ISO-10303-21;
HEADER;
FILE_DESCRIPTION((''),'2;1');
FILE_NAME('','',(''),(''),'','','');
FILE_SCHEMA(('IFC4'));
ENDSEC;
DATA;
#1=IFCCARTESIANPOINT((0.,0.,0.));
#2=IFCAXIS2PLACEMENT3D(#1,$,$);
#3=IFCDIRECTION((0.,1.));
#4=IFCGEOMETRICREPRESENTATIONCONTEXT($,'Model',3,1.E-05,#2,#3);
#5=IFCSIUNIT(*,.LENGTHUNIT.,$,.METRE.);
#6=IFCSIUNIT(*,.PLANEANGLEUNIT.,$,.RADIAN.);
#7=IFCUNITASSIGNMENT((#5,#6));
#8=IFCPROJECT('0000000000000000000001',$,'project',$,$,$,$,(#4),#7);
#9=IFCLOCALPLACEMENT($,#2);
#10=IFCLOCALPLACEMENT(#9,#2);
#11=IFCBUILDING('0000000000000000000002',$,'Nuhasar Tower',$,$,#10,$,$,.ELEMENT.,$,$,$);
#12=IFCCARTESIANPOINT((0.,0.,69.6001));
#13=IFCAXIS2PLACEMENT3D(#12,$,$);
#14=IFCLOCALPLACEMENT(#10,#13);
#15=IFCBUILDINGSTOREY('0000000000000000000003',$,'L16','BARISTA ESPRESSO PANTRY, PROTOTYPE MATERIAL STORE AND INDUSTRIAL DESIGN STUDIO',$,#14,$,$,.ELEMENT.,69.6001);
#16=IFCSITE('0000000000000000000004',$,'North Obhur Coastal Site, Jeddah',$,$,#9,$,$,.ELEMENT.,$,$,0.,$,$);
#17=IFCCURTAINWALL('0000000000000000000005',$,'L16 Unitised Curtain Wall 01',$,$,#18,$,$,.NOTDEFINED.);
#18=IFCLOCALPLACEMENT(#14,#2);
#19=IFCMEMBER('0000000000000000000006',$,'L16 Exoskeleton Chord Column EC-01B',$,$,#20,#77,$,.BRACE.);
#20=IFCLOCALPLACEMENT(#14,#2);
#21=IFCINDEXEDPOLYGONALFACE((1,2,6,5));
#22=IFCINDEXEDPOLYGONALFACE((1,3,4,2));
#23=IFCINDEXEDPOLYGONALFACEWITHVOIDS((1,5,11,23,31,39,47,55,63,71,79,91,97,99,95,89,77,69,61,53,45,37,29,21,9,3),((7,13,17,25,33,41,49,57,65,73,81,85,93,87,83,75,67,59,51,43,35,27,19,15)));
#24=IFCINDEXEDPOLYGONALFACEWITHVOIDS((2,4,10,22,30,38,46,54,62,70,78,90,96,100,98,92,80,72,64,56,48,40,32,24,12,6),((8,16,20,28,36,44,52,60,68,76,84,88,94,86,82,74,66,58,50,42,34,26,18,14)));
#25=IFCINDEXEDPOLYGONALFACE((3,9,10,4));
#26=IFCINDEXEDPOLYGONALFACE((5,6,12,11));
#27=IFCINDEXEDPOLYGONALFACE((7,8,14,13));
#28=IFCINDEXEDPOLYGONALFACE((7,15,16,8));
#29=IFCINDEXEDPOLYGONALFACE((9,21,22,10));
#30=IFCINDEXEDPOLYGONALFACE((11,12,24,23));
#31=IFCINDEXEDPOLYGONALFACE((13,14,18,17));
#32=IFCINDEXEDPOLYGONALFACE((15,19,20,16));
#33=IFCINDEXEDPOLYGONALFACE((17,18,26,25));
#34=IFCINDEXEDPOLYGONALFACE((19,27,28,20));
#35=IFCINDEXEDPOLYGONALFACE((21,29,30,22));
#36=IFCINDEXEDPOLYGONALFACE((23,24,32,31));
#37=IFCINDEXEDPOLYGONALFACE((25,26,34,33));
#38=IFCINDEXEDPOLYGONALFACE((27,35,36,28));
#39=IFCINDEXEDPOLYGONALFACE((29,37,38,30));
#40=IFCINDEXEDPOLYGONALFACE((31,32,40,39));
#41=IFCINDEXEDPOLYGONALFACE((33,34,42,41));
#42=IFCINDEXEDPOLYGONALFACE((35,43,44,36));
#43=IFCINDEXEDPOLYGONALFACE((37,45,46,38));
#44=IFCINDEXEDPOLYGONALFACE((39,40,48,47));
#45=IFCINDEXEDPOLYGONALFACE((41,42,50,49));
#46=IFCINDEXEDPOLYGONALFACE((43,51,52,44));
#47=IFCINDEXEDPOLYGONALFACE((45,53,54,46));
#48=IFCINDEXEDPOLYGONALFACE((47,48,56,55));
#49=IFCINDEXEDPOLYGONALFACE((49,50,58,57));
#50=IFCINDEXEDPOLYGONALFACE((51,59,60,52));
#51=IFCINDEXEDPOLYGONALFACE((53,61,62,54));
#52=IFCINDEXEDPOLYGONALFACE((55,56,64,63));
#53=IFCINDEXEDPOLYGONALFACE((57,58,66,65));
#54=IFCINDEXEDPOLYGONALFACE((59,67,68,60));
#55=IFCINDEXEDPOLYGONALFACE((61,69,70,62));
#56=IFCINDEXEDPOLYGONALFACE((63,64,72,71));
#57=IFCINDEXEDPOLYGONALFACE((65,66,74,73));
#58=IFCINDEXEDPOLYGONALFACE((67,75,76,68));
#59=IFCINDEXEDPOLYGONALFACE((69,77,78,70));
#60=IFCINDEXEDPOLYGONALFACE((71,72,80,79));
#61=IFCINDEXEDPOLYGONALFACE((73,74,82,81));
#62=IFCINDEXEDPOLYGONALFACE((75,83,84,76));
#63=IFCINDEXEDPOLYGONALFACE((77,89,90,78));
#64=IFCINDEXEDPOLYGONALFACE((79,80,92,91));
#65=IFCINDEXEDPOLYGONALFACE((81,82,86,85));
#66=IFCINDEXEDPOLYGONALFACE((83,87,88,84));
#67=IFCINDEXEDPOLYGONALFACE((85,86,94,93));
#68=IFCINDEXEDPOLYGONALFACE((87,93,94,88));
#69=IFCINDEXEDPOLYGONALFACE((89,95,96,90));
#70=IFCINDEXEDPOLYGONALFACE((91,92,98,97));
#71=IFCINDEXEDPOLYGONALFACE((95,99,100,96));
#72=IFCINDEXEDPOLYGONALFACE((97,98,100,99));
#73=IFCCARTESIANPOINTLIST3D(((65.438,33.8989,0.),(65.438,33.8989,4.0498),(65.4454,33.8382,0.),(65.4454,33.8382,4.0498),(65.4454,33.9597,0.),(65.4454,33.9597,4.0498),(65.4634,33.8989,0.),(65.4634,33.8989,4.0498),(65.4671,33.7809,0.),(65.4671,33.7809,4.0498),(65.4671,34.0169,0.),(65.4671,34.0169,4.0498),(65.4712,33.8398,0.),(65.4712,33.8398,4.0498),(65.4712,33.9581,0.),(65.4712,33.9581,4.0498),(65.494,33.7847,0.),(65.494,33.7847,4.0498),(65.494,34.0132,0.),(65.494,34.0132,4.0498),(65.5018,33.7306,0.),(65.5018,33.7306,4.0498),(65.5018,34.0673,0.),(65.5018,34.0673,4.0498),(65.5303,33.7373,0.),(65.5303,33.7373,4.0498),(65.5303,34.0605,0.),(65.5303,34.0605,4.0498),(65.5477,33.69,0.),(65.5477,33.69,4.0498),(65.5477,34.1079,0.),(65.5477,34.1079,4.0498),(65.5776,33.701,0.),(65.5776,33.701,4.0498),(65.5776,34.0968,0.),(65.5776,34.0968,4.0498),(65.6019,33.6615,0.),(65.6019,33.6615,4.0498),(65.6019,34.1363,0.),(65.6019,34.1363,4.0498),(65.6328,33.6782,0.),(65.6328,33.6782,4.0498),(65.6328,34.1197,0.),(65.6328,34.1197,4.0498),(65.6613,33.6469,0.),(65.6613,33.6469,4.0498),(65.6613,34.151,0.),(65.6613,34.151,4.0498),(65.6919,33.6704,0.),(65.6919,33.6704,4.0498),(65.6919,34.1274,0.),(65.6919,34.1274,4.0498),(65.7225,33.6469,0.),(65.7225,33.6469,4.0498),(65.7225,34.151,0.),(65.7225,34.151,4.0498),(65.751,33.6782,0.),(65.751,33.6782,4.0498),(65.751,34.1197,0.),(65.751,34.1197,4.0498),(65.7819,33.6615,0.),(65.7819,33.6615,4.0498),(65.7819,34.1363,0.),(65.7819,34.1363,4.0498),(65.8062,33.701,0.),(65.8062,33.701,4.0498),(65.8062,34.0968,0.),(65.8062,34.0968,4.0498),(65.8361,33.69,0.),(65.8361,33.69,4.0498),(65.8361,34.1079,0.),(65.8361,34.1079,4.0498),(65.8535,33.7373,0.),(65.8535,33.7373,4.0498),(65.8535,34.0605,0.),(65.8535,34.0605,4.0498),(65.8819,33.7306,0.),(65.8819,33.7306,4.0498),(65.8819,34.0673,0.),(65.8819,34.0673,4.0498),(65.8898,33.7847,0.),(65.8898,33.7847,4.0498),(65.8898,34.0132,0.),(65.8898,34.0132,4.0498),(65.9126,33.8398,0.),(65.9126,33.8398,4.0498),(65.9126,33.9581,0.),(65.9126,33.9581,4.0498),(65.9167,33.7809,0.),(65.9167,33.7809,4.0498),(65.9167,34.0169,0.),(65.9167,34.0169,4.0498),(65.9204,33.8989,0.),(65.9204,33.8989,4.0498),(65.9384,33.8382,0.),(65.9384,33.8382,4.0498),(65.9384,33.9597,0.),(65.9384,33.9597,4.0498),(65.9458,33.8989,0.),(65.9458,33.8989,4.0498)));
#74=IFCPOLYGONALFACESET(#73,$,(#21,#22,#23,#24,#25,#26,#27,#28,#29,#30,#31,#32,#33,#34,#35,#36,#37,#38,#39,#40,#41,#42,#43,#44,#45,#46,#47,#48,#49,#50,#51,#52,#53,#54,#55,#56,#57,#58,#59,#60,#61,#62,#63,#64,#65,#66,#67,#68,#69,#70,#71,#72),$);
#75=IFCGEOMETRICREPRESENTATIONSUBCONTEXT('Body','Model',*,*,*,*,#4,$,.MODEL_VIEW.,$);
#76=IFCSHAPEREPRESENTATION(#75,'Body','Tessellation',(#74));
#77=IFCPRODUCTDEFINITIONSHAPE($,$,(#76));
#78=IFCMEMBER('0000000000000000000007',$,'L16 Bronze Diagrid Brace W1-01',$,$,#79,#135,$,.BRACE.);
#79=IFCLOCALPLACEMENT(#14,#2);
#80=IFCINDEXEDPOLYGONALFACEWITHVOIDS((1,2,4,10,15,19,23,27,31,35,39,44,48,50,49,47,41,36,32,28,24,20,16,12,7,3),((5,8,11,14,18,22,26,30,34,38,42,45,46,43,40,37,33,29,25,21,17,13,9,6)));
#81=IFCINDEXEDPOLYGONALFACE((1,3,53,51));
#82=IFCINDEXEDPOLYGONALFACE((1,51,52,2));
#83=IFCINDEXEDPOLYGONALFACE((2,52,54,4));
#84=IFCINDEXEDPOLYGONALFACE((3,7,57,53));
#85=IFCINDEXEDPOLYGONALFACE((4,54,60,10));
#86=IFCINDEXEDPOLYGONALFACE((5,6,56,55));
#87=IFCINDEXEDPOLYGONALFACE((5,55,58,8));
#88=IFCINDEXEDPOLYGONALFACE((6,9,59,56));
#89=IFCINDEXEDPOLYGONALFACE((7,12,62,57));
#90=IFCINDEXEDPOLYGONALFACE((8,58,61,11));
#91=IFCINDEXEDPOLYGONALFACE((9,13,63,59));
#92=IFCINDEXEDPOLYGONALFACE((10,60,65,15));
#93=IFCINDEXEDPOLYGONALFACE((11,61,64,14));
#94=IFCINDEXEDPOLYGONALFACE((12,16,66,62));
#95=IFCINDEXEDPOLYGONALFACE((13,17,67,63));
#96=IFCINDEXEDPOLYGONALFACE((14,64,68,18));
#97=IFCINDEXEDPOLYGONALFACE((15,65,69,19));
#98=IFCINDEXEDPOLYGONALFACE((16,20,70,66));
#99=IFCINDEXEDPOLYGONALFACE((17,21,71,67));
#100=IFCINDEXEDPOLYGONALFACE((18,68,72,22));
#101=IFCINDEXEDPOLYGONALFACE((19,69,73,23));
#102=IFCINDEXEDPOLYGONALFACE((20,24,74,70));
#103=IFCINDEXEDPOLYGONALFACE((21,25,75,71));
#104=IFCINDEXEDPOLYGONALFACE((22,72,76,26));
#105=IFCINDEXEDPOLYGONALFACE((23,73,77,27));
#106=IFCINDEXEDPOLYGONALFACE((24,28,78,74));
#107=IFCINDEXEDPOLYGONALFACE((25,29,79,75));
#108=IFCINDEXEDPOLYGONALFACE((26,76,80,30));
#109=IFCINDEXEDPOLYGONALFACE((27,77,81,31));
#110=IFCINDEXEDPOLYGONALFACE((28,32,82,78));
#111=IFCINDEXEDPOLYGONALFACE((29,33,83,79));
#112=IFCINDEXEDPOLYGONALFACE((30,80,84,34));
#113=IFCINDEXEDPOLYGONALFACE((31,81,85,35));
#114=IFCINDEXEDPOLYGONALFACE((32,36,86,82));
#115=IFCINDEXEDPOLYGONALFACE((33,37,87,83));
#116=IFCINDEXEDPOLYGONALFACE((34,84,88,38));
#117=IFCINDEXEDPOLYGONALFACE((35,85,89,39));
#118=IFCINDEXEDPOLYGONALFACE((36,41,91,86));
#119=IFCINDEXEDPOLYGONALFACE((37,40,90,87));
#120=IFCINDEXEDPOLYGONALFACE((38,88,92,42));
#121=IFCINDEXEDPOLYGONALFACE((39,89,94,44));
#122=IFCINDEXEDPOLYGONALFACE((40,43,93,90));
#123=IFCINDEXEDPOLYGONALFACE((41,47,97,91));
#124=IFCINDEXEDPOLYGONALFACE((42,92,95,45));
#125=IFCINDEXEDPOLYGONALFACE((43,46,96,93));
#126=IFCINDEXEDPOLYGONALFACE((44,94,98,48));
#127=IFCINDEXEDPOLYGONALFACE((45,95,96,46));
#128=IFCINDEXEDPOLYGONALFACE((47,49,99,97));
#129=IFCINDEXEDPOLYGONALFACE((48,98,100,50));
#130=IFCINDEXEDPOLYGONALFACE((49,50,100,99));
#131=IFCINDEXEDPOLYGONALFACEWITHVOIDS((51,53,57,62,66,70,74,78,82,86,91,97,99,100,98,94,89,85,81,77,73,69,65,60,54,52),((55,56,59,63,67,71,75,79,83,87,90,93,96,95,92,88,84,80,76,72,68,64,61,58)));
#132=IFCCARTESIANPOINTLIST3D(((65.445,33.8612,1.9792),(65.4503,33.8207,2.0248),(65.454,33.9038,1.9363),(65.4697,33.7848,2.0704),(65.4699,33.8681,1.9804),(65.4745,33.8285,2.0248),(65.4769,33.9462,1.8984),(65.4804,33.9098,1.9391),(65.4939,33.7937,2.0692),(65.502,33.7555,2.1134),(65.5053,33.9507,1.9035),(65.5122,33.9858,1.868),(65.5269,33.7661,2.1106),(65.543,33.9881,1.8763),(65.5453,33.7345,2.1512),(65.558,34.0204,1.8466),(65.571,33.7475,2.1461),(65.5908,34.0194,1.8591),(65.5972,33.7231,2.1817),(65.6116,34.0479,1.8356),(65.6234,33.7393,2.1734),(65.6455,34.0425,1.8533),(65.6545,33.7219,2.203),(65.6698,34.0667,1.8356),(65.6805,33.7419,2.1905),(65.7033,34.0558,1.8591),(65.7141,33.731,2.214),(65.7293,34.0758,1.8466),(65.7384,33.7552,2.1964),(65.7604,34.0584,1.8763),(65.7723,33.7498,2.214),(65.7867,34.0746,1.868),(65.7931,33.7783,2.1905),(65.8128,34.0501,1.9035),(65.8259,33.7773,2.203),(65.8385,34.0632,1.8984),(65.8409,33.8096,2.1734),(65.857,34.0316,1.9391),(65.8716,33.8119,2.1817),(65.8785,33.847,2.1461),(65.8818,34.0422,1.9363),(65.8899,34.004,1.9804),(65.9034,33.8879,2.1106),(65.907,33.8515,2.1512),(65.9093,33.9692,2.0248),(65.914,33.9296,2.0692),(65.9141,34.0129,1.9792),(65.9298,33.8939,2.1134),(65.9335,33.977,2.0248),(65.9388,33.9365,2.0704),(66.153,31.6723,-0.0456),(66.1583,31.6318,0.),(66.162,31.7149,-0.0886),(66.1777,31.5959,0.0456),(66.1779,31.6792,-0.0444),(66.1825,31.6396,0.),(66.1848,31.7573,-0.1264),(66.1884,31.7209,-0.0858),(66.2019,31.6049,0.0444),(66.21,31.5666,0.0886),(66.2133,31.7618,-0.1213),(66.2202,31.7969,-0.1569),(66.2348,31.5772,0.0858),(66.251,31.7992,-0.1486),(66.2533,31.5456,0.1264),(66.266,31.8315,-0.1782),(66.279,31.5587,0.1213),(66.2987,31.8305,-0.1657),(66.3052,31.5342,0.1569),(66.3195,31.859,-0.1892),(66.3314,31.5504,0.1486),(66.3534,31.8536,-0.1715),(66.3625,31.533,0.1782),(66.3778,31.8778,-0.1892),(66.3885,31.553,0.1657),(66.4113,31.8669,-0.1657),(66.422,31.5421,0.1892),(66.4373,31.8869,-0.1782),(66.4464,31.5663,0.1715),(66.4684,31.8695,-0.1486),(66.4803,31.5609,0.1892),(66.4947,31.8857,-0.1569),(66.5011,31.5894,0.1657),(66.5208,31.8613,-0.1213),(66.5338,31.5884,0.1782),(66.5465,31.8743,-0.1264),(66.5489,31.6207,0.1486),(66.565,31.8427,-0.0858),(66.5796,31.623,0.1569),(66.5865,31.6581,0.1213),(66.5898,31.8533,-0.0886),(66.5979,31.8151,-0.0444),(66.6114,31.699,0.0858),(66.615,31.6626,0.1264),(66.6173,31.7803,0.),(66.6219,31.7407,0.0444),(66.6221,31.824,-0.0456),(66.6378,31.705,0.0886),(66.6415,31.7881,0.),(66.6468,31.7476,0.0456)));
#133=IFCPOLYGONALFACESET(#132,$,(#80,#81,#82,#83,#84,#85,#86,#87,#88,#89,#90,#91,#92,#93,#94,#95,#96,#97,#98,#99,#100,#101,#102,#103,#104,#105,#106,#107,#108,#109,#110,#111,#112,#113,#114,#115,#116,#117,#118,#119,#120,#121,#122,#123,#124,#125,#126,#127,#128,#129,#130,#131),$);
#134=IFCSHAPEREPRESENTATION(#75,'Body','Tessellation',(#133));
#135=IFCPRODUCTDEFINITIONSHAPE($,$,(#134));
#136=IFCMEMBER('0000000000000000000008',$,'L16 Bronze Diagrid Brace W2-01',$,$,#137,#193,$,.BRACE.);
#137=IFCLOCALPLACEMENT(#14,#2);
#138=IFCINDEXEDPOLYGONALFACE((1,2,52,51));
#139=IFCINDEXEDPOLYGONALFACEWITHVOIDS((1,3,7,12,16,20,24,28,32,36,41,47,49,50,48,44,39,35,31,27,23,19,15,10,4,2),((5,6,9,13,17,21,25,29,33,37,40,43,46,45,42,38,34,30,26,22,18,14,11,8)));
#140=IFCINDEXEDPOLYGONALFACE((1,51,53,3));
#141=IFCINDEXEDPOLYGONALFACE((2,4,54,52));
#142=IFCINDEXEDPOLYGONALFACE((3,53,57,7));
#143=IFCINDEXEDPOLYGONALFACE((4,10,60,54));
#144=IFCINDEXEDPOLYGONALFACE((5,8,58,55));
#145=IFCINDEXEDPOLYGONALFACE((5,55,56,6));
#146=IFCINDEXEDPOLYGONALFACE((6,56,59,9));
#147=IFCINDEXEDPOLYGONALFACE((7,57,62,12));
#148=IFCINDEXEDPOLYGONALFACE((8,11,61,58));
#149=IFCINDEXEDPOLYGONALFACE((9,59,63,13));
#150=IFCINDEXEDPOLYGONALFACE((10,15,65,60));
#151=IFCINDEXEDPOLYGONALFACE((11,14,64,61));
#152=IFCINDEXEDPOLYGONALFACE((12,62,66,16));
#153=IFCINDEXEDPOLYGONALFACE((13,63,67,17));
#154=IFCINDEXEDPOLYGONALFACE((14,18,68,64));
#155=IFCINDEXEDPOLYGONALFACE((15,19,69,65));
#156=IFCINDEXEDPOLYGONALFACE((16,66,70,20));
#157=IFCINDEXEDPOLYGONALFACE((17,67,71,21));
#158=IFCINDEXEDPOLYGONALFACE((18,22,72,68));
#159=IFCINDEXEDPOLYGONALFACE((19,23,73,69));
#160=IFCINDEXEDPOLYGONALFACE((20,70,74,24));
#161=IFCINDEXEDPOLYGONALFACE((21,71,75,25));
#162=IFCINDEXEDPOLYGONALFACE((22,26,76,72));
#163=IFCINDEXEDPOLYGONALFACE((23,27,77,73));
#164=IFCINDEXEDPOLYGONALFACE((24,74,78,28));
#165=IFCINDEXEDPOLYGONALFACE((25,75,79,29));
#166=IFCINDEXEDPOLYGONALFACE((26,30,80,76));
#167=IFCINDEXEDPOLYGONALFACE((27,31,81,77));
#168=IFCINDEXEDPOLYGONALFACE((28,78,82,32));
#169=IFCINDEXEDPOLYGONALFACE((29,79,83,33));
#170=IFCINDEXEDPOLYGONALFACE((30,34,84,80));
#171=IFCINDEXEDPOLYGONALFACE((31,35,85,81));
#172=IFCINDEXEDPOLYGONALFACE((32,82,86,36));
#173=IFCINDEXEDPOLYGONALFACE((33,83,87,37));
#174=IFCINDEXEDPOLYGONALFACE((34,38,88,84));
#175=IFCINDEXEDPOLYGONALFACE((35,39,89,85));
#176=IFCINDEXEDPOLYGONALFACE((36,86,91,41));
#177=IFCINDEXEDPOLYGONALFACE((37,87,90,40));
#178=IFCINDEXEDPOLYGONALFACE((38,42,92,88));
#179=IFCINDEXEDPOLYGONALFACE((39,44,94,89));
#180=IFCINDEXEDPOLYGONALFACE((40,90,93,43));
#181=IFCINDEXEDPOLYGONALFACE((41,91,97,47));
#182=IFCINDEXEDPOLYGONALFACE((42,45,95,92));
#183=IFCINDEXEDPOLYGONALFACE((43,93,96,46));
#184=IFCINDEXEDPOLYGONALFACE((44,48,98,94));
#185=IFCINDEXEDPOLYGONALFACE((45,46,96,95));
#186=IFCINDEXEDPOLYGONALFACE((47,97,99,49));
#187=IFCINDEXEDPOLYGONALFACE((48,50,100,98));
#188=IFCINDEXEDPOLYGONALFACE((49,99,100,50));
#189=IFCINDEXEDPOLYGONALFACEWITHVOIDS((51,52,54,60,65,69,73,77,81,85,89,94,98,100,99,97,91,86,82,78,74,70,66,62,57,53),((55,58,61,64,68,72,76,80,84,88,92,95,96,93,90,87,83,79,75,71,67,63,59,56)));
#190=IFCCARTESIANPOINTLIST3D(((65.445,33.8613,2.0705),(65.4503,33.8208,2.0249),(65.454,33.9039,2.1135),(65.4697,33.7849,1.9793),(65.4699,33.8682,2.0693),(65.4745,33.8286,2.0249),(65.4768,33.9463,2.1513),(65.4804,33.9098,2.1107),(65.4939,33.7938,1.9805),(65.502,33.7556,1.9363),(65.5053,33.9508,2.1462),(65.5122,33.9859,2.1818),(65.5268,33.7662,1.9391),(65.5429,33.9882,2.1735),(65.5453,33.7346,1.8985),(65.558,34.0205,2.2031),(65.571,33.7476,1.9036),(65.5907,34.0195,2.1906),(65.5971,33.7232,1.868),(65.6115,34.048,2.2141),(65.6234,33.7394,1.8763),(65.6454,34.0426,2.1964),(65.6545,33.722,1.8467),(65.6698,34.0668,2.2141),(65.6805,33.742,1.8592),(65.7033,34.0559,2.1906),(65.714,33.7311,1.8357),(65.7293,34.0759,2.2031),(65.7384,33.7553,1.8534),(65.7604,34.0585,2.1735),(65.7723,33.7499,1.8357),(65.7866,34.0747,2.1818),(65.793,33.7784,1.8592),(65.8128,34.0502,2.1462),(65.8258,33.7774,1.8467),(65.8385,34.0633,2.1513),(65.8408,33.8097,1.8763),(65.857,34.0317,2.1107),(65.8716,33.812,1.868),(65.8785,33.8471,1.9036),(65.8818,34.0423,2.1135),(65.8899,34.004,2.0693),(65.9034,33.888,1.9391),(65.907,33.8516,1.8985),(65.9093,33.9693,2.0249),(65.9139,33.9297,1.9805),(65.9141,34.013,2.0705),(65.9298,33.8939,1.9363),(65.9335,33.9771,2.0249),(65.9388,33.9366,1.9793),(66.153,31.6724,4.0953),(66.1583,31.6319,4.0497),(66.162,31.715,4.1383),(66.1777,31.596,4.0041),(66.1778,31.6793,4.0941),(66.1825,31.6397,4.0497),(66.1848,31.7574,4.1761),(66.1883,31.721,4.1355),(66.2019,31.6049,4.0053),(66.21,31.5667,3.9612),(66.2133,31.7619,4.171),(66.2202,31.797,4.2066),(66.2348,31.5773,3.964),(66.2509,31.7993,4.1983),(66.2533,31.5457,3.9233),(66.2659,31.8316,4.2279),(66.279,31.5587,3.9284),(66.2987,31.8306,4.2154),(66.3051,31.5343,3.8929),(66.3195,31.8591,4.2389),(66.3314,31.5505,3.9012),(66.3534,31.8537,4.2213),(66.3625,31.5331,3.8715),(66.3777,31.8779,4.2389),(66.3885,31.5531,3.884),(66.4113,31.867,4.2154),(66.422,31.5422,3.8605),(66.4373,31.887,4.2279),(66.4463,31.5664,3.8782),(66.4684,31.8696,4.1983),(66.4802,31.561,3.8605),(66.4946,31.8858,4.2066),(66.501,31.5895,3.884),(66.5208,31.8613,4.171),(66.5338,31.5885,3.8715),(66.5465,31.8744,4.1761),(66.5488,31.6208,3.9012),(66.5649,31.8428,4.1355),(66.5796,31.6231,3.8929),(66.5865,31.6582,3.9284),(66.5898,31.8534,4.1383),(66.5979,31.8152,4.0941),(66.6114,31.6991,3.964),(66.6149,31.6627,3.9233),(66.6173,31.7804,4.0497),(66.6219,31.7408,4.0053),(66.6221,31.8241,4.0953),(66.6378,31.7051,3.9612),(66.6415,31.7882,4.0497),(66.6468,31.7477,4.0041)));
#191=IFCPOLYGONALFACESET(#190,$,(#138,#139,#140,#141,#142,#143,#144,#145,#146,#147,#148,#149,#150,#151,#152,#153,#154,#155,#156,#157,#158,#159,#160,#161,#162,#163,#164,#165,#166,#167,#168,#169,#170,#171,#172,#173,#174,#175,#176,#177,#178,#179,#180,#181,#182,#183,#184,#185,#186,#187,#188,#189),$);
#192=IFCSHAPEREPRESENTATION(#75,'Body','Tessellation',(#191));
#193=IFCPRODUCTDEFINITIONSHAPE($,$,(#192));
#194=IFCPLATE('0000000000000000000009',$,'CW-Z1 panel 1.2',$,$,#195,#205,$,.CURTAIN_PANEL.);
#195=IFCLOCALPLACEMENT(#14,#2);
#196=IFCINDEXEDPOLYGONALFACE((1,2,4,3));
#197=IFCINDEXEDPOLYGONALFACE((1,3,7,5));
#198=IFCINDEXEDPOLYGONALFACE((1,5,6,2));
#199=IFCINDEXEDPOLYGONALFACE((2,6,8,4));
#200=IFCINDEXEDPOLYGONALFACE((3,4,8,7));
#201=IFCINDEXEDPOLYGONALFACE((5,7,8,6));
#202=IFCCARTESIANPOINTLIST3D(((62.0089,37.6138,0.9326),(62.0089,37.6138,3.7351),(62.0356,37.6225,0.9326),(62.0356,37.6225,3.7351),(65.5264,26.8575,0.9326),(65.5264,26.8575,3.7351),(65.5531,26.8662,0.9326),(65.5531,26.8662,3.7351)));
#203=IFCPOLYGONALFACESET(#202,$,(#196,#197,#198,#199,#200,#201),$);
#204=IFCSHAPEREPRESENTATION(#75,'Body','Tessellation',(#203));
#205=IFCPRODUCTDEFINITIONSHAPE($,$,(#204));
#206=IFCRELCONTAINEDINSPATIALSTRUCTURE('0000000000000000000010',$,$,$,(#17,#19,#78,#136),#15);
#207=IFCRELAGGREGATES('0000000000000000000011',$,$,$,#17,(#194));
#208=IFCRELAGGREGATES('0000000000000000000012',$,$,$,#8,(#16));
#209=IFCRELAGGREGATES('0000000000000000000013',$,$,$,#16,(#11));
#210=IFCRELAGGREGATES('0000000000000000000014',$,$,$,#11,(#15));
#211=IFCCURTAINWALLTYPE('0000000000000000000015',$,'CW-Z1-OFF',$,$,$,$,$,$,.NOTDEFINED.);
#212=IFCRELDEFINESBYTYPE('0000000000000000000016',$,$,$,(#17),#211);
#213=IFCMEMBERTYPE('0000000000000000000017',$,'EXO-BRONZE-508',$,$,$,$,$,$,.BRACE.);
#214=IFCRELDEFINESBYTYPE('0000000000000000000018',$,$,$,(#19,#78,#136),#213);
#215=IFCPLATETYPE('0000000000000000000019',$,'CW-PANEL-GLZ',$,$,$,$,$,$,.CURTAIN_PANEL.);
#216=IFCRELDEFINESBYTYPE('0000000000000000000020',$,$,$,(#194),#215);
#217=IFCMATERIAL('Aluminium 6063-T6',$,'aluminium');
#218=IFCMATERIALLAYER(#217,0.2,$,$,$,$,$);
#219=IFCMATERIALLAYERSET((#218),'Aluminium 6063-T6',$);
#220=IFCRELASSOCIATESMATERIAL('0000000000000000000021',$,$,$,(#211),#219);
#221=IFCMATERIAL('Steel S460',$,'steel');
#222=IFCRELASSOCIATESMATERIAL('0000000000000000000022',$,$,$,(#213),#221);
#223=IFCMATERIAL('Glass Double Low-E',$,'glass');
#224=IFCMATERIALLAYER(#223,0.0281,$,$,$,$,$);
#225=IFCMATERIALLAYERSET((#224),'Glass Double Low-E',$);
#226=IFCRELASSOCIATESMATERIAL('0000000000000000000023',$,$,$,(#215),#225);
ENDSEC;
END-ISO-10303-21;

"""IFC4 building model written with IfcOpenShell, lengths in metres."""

from ifc_helpers import new_model, si_unit, direction, frame, origin, origin_2d, place, context, subcontext, project, spatial, rectangle, hollow_circle, extrude, material, layer, layer_set, material_profile, profile_set, type_object, element, aggregate, save


model = new_model("IFC4")

# Units and contexts
model_context = context("Model", 3, precision=1e-05, world=origin(), true_north=direction((0.0, 1.0)))
body_context = subcontext(model_context, "Body", "Model", "MODEL_VIEW")
ifc_project = project(units=[si_unit("LENGTHUNIT", "METRE"), si_unit("PLANEANGLEUNIT", "RADIAN")], contexts=[model_context])

# Site, building, storey
site_placement = place(None, origin())
site = spatial("IfcSite", under=ifc_project, at=site_placement, Name="North Obhur Coastal Site, Jeddah", CompositionType="ELEMENT", RefElevation=0.0)
building_placement = place(site_placement, origin())
building = spatial("IfcBuilding", under=site, at=building_placement, Name="Nuhasar Tower", CompositionType="ELEMENT")
storey_placement = place(building_placement, frame((0.0, 0.0, 69.6001)))
storey = spatial("IfcBuildingStorey", under=building, at=storey_placement, Name="L16", Description="BARISTA ESPRESSO PANTRY, PROTOTYPE MATERIAL STORE AND INDUSTRIAL DESIGN STUDIO", CompositionType="ELEMENT", Elevation=69.6001)

# Curtain wall
ifc_material_1 = material(Name="Aluminium 6063-T6", Category="aluminium")
ifc_layer_1 = layer(ifc_material_1, 0.2)
ifc_layer_set_1 = layer_set([ifc_layer_1], Name="Aluminium 6063-T6")
curtain_wall_type = type_object("IfcCurtainWallType", Name="CW-Z1-OFF", PredefinedType="NOTDEFINED", material=ifc_layer_set_1)
curtain_wall_1_placement = place(storey_placement, origin())
curtain_wall_1 = element("IfcCurtainWall", 1, at=curtain_wall_1_placement, inside=storey, type_object=curtain_wall_type, Name="L16 Unitised Curtain Wall 01", PredefinedType="NOTDEFINED")

# Members
ifc_material_2 = material(Name="Steel S460", Category="steel")
ifc_material_profile_1 = material_profile(ifc_material_2, hollow_circle(Radius=0.2539, WallThickness=0.0254, at=origin_2d()), Name="HSS508X25.4")
ifc_profile_set_1 = profile_set([ifc_material_profile_1], Name="Steel S460")
member_type_1 = type_object("IfcMemberType", Name="EXO-BRONZE-508", PredefinedType="BRACE", material=ifc_profile_set_1)
for number, where, z_axis, x_axis, name in (
    (2, (65.6919, 33.8989, 0.0), (0.0, 0.0, 1.0), (1.0, 0.0, 0.0), "L16 Exoskeleton Chord Column EC-01B"),
):
    element("IfcMember", number, at=place(storey_placement, frame(where, z_axis=z_axis, x_axis=x_axis)), inside=storey, type_object=member_type_1, Name=name, PredefinedType="BRACE", context=body_context, shape_type="SweptSolid", body=[
        extrude(hollow_circle(Radius=0.2539, WallThickness=0.0254, at=origin_2d()), origin(), (0.0, 0.0, 1.0), 4.0498),
    ])
for number, where, z_axis, x_axis, name in (
    (3, (66.3999, 31.71, 0.0), (-0.231012, 0.714225, 0.660694), (-0.951468, -0.307747, 0.0), "L16 Bronze Diagrid Brace W1-01"),
    (4, (65.6919, 33.8989, 2.0249), (0.231012, -0.714225, 0.660694), (0.951468, 0.307747, 0.0), "L16 Bronze Diagrid Brace W2-01"),
):
    element("IfcMember", number, at=place(storey_placement, frame(where, z_axis=z_axis, x_axis=x_axis)), inside=storey, type_object=member_type_1, Name=name, PredefinedType="BRACE", context=body_context, shape_type="SweptSolid", body=[
        extrude(hollow_circle(Radius=0.2539, WallThickness=0.0254, at=origin_2d()), origin(), (0.0, 0.0, 1.0), 3.0647),
    ])

# Plate
ifc_material_3 = material(Name="Glass Double Low-E", Category="glass")
ifc_layer_2 = layer(ifc_material_3, 0.0281)
ifc_layer_set_2 = layer_set([ifc_layer_2], Name="Glass Double Low-E")
plate_type_1 = type_object("IfcPlateType", Name="CW-PANEL-GLZ", PredefinedType="CURTAIN_PANEL", material=ifc_layer_set_2)
plate_1_placement = place(storey_placement, frame((63.781, 32.24, 0.9326), z_axis=(0.0, 0.0, 1.0), x_axis=(-0.310824, 0.950468, 0.0)))
plate_1 = element("IfcPlate", 5, at=plate_1_placement, type_object=plate_type_1, Name="CW-Z1 panel 1.2", PredefinedType="CURTAIN_PANEL", context=body_context, shape_type="SweptSolid", body=[
    extrude(rectangle(XDim=11.3169, YDim=0.0281, at=origin_2d()), origin(), (0.0, 0.0, 1.0), 2.8025),
])
aggregate(curtain_wall_1, [plate_1])

save(model, "model.ifc")
